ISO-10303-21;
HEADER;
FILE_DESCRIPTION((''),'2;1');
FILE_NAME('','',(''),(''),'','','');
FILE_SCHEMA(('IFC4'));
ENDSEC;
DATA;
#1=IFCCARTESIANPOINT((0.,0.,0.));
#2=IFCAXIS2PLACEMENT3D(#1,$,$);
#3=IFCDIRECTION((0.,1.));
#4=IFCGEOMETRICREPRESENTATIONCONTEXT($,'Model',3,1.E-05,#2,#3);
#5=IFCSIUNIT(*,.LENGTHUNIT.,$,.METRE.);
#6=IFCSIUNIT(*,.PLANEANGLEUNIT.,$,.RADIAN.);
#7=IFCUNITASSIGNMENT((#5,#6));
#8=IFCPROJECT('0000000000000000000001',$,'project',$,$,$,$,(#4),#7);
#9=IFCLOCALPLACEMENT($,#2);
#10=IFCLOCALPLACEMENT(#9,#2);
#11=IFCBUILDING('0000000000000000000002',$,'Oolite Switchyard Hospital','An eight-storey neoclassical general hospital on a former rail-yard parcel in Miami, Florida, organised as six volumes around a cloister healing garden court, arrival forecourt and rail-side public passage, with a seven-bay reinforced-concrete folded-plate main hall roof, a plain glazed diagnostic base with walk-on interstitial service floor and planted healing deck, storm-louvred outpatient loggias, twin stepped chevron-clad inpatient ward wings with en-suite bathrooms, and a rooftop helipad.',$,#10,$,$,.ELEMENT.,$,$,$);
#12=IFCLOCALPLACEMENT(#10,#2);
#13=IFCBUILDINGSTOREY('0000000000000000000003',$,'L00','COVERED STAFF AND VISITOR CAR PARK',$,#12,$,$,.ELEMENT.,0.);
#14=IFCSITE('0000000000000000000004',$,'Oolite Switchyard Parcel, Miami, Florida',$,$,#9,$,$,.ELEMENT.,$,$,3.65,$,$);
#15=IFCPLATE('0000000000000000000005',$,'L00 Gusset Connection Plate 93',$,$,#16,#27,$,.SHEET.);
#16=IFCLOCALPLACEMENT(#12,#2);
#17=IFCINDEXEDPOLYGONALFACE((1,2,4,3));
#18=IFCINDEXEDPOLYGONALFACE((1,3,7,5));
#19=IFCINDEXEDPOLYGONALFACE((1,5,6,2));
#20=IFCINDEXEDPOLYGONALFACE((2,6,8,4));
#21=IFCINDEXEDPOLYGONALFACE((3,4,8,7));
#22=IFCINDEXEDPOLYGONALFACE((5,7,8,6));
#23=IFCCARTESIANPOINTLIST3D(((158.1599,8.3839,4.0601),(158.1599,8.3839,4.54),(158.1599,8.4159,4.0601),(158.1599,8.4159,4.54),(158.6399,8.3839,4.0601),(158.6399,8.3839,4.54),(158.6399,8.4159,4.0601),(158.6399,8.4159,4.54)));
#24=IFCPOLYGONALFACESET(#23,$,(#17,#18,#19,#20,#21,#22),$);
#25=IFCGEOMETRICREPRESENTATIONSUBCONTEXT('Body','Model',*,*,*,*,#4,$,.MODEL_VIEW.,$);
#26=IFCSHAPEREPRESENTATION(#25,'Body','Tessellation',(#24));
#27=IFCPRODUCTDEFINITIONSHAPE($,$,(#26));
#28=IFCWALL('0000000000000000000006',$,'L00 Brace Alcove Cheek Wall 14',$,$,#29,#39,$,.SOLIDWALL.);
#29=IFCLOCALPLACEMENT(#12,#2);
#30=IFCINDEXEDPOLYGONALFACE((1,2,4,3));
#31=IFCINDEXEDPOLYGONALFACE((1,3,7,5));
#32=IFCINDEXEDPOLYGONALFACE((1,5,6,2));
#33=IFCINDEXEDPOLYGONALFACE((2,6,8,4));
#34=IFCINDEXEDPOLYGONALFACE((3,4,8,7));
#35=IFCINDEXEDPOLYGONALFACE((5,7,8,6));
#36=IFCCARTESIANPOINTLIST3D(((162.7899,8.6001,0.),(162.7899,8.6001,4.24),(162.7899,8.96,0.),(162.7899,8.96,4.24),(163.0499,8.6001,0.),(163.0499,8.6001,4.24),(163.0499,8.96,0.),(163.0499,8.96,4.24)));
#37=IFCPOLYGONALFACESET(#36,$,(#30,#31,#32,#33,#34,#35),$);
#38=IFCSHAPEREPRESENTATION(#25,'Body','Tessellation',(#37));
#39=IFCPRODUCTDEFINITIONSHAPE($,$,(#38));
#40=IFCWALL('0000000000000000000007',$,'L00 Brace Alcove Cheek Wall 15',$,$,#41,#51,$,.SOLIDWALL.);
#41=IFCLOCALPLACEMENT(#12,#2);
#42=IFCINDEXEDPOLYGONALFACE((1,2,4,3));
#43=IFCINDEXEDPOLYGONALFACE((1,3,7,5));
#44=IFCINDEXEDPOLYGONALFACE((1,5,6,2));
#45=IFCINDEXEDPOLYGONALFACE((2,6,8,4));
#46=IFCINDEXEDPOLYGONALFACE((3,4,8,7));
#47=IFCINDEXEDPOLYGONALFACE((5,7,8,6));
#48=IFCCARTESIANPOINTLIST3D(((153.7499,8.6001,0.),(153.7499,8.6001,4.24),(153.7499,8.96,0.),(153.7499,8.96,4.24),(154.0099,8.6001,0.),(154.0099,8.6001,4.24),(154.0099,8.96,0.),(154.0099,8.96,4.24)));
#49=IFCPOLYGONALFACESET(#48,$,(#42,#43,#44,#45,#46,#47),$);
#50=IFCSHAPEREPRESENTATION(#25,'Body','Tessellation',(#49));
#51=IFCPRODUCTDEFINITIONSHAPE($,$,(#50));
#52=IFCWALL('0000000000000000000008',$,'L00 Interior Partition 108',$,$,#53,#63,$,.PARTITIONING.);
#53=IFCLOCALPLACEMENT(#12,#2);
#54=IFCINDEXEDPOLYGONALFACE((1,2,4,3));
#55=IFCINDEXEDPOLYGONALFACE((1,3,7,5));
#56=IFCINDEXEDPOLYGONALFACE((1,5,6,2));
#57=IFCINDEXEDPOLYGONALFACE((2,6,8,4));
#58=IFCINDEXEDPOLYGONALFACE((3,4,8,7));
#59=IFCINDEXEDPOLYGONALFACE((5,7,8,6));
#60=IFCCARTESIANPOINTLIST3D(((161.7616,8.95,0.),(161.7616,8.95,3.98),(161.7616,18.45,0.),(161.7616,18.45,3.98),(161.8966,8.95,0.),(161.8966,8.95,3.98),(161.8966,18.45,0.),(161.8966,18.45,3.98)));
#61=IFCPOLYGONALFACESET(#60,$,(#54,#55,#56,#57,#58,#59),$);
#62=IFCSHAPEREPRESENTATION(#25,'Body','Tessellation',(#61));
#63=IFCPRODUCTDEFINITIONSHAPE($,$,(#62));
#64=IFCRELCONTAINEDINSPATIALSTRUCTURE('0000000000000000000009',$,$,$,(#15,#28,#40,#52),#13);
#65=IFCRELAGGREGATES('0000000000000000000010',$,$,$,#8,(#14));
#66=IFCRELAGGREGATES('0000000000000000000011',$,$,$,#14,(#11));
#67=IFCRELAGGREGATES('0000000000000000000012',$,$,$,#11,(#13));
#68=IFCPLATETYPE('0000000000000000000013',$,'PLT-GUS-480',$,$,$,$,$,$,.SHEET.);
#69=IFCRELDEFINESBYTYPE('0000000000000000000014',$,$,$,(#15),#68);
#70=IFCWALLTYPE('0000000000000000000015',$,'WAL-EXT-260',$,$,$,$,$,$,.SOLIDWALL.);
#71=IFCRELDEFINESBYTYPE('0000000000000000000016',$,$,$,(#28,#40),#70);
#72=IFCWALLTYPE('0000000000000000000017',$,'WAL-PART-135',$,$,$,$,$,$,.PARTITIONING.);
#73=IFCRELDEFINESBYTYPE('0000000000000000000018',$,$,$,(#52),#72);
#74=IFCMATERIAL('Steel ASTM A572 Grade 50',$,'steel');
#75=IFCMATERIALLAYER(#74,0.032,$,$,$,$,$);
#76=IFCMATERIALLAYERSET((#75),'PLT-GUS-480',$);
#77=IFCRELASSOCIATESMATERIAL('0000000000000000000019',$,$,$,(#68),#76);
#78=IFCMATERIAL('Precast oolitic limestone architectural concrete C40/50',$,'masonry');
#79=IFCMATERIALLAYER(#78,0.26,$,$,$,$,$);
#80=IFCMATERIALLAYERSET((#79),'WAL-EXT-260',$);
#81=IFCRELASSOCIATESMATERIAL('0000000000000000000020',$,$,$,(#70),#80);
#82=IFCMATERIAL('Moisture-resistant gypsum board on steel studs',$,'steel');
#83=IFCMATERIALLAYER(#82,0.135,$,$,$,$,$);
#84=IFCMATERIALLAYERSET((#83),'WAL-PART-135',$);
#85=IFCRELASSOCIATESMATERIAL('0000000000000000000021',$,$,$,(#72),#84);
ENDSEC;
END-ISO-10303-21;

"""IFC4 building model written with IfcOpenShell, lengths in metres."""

from ifc_helpers import new_model, si_unit, direction, frame, frame_2d, origin, origin_2d, place, context, subcontext, project, spatial, rectangle, extrude, material, layer, layer_set, type_object, element, save


model = new_model("IFC4")

# Units and contexts
model_context = context("Model", 3, precision=1e-05, world=origin(), true_north=direction((0.0, 1.0)))
body_context = subcontext(model_context, "Body", "Model", "MODEL_VIEW")
ifc_project = project(units=[si_unit("LENGTHUNIT", "METRE"), si_unit("PLANEANGLEUNIT", "RADIAN")], contexts=[model_context])

# Site, building, storey
site_placement = place(None, origin())
site = spatial("IfcSite", under=ifc_project, at=site_placement, Name="Oolite Switchyard Parcel, Miami, Florida", CompositionType="ELEMENT", RefElevation=3.65)
building_placement = place(site_placement, origin())
building = spatial("IfcBuilding", under=site, at=building_placement, Name="Oolite Switchyard Hospital", Description="An eight-storey neoclassical general hospital on a former rail-yard parcel in Miami, Florida, organised as six volumes around a cloister healing garden court, arrival forecourt and rail-side public passage, with a seven-bay reinforced-concrete folded-plate main hall roof, a plain glazed diagnostic base with walk-on interstitial service floor and planted healing deck, storm-louvred outpatient loggias, twin stepped chevron-clad inpatient ward wings with en-suite bathrooms, and a rooftop helipad.", CompositionType="ELEMENT")
storey_placement = place(building_placement, origin())
storey = spatial("IfcBuildingStorey", under=building, at=storey_placement, Name="L00", Description="COVERED STAFF AND VISITOR CAR PARK", CompositionType="ELEMENT", Elevation=0.0)

# Plate
ifc_material_1 = material(Name="Steel ASTM A572 Grade 50", Category="steel")
ifc_layer_1 = layer(ifc_material_1, 0.032)
ifc_layer_set_1 = layer_set([ifc_layer_1], Name="PLT-GUS-480")
plate_type = type_object("IfcPlateType", Name="PLT-GUS-480", PredefinedType="SHEET", material=ifc_layer_set_1)
for number, where, z_axis, x_axis, name in (
    (1, (158.3999, 8.3999, 4.0601), (0.0, 0.0, 1.0), (1.0, 0.0, 0.0), "L00 Gusset Connection Plate 93"),
):
    element("IfcPlate", number, at=place(storey_placement, frame(where, z_axis=z_axis, x_axis=x_axis)), inside=storey, type_object=plate_type, Name=name, PredefinedType="SHEET", context=body_context, shape_type="SweptSolid", body=[
        extrude(rectangle(XDim=0.48, YDim=0.032, at=origin_2d()), origin(), (0.0, 0.0, 1.0), 0.48),
    ])

# Walls
ifc_material_2 = material(Name="Precast oolitic limestone architectural concrete C40/50", Category="masonry")
ifc_layer_2 = layer(ifc_material_2, 0.26)
ifc_layer_set_2 = layer_set([ifc_layer_2], Name="WAL-EXT-260")
wall_type_1 = type_object("IfcWallType", Name="WAL-EXT-260", PredefinedType="SOLIDWALL", material=ifc_layer_set_2)
for number, where, z_axis, x_axis, name in (
    (2, (162.9199, 8.6001, 0.0), (0.0, 0.0, 1.0), (0.0, 1.0, 0.0), "L00 Brace Alcove Cheek Wall 14"),
    (3, (153.8799, 8.6001, 0.0), (0.0, 0.0, 1.0), (0.0, 1.0, 0.0), "L00 Brace Alcove Cheek Wall 15"),
):
    element("IfcWall", number, at=place(storey_placement, frame(where, z_axis=z_axis, x_axis=x_axis)), inside=storey, type_object=wall_type_1, Name=name, PredefinedType="SOLIDWALL", context=body_context, shape_type="SweptSolid", body=[
        extrude(rectangle(XDim=0.3599, YDim=0.26, at=frame_2d((0.1799, 0.0))), origin(), (0.0, 0.0, 1.0), 4.24),
    ])
ifc_material_3 = material(Name="Moisture-resistant gypsum board on steel studs", Category="steel")
ifc_layer_3 = layer(ifc_material_3, 0.135)
ifc_layer_set_3 = layer_set([ifc_layer_3], Name="WAL-PART-135")
wall_type_2 = type_object("IfcWallType", Name="WAL-PART-135", PredefinedType="PARTITIONING", material=ifc_layer_set_3)
wall_placement = place(storey_placement, frame((161.8291, 8.95, 0.0), z_axis=(0.0, 0.0, 1.0), x_axis=(0.0, 1.0, 0.0)))
element("IfcWall", 4, at=wall_placement, inside=storey, type_object=wall_type_2, Name="L00 Interior Partition 108", PredefinedType="PARTITIONING", context=body_context, shape_type="SweptSolid", body=[
    extrude(rectangle(XDim=9.5, YDim=0.135, at=frame_2d((4.75, 0.0))), origin(), (0.0, 0.0, 1.0), 3.98),
])

save(model, "model.ifc")
